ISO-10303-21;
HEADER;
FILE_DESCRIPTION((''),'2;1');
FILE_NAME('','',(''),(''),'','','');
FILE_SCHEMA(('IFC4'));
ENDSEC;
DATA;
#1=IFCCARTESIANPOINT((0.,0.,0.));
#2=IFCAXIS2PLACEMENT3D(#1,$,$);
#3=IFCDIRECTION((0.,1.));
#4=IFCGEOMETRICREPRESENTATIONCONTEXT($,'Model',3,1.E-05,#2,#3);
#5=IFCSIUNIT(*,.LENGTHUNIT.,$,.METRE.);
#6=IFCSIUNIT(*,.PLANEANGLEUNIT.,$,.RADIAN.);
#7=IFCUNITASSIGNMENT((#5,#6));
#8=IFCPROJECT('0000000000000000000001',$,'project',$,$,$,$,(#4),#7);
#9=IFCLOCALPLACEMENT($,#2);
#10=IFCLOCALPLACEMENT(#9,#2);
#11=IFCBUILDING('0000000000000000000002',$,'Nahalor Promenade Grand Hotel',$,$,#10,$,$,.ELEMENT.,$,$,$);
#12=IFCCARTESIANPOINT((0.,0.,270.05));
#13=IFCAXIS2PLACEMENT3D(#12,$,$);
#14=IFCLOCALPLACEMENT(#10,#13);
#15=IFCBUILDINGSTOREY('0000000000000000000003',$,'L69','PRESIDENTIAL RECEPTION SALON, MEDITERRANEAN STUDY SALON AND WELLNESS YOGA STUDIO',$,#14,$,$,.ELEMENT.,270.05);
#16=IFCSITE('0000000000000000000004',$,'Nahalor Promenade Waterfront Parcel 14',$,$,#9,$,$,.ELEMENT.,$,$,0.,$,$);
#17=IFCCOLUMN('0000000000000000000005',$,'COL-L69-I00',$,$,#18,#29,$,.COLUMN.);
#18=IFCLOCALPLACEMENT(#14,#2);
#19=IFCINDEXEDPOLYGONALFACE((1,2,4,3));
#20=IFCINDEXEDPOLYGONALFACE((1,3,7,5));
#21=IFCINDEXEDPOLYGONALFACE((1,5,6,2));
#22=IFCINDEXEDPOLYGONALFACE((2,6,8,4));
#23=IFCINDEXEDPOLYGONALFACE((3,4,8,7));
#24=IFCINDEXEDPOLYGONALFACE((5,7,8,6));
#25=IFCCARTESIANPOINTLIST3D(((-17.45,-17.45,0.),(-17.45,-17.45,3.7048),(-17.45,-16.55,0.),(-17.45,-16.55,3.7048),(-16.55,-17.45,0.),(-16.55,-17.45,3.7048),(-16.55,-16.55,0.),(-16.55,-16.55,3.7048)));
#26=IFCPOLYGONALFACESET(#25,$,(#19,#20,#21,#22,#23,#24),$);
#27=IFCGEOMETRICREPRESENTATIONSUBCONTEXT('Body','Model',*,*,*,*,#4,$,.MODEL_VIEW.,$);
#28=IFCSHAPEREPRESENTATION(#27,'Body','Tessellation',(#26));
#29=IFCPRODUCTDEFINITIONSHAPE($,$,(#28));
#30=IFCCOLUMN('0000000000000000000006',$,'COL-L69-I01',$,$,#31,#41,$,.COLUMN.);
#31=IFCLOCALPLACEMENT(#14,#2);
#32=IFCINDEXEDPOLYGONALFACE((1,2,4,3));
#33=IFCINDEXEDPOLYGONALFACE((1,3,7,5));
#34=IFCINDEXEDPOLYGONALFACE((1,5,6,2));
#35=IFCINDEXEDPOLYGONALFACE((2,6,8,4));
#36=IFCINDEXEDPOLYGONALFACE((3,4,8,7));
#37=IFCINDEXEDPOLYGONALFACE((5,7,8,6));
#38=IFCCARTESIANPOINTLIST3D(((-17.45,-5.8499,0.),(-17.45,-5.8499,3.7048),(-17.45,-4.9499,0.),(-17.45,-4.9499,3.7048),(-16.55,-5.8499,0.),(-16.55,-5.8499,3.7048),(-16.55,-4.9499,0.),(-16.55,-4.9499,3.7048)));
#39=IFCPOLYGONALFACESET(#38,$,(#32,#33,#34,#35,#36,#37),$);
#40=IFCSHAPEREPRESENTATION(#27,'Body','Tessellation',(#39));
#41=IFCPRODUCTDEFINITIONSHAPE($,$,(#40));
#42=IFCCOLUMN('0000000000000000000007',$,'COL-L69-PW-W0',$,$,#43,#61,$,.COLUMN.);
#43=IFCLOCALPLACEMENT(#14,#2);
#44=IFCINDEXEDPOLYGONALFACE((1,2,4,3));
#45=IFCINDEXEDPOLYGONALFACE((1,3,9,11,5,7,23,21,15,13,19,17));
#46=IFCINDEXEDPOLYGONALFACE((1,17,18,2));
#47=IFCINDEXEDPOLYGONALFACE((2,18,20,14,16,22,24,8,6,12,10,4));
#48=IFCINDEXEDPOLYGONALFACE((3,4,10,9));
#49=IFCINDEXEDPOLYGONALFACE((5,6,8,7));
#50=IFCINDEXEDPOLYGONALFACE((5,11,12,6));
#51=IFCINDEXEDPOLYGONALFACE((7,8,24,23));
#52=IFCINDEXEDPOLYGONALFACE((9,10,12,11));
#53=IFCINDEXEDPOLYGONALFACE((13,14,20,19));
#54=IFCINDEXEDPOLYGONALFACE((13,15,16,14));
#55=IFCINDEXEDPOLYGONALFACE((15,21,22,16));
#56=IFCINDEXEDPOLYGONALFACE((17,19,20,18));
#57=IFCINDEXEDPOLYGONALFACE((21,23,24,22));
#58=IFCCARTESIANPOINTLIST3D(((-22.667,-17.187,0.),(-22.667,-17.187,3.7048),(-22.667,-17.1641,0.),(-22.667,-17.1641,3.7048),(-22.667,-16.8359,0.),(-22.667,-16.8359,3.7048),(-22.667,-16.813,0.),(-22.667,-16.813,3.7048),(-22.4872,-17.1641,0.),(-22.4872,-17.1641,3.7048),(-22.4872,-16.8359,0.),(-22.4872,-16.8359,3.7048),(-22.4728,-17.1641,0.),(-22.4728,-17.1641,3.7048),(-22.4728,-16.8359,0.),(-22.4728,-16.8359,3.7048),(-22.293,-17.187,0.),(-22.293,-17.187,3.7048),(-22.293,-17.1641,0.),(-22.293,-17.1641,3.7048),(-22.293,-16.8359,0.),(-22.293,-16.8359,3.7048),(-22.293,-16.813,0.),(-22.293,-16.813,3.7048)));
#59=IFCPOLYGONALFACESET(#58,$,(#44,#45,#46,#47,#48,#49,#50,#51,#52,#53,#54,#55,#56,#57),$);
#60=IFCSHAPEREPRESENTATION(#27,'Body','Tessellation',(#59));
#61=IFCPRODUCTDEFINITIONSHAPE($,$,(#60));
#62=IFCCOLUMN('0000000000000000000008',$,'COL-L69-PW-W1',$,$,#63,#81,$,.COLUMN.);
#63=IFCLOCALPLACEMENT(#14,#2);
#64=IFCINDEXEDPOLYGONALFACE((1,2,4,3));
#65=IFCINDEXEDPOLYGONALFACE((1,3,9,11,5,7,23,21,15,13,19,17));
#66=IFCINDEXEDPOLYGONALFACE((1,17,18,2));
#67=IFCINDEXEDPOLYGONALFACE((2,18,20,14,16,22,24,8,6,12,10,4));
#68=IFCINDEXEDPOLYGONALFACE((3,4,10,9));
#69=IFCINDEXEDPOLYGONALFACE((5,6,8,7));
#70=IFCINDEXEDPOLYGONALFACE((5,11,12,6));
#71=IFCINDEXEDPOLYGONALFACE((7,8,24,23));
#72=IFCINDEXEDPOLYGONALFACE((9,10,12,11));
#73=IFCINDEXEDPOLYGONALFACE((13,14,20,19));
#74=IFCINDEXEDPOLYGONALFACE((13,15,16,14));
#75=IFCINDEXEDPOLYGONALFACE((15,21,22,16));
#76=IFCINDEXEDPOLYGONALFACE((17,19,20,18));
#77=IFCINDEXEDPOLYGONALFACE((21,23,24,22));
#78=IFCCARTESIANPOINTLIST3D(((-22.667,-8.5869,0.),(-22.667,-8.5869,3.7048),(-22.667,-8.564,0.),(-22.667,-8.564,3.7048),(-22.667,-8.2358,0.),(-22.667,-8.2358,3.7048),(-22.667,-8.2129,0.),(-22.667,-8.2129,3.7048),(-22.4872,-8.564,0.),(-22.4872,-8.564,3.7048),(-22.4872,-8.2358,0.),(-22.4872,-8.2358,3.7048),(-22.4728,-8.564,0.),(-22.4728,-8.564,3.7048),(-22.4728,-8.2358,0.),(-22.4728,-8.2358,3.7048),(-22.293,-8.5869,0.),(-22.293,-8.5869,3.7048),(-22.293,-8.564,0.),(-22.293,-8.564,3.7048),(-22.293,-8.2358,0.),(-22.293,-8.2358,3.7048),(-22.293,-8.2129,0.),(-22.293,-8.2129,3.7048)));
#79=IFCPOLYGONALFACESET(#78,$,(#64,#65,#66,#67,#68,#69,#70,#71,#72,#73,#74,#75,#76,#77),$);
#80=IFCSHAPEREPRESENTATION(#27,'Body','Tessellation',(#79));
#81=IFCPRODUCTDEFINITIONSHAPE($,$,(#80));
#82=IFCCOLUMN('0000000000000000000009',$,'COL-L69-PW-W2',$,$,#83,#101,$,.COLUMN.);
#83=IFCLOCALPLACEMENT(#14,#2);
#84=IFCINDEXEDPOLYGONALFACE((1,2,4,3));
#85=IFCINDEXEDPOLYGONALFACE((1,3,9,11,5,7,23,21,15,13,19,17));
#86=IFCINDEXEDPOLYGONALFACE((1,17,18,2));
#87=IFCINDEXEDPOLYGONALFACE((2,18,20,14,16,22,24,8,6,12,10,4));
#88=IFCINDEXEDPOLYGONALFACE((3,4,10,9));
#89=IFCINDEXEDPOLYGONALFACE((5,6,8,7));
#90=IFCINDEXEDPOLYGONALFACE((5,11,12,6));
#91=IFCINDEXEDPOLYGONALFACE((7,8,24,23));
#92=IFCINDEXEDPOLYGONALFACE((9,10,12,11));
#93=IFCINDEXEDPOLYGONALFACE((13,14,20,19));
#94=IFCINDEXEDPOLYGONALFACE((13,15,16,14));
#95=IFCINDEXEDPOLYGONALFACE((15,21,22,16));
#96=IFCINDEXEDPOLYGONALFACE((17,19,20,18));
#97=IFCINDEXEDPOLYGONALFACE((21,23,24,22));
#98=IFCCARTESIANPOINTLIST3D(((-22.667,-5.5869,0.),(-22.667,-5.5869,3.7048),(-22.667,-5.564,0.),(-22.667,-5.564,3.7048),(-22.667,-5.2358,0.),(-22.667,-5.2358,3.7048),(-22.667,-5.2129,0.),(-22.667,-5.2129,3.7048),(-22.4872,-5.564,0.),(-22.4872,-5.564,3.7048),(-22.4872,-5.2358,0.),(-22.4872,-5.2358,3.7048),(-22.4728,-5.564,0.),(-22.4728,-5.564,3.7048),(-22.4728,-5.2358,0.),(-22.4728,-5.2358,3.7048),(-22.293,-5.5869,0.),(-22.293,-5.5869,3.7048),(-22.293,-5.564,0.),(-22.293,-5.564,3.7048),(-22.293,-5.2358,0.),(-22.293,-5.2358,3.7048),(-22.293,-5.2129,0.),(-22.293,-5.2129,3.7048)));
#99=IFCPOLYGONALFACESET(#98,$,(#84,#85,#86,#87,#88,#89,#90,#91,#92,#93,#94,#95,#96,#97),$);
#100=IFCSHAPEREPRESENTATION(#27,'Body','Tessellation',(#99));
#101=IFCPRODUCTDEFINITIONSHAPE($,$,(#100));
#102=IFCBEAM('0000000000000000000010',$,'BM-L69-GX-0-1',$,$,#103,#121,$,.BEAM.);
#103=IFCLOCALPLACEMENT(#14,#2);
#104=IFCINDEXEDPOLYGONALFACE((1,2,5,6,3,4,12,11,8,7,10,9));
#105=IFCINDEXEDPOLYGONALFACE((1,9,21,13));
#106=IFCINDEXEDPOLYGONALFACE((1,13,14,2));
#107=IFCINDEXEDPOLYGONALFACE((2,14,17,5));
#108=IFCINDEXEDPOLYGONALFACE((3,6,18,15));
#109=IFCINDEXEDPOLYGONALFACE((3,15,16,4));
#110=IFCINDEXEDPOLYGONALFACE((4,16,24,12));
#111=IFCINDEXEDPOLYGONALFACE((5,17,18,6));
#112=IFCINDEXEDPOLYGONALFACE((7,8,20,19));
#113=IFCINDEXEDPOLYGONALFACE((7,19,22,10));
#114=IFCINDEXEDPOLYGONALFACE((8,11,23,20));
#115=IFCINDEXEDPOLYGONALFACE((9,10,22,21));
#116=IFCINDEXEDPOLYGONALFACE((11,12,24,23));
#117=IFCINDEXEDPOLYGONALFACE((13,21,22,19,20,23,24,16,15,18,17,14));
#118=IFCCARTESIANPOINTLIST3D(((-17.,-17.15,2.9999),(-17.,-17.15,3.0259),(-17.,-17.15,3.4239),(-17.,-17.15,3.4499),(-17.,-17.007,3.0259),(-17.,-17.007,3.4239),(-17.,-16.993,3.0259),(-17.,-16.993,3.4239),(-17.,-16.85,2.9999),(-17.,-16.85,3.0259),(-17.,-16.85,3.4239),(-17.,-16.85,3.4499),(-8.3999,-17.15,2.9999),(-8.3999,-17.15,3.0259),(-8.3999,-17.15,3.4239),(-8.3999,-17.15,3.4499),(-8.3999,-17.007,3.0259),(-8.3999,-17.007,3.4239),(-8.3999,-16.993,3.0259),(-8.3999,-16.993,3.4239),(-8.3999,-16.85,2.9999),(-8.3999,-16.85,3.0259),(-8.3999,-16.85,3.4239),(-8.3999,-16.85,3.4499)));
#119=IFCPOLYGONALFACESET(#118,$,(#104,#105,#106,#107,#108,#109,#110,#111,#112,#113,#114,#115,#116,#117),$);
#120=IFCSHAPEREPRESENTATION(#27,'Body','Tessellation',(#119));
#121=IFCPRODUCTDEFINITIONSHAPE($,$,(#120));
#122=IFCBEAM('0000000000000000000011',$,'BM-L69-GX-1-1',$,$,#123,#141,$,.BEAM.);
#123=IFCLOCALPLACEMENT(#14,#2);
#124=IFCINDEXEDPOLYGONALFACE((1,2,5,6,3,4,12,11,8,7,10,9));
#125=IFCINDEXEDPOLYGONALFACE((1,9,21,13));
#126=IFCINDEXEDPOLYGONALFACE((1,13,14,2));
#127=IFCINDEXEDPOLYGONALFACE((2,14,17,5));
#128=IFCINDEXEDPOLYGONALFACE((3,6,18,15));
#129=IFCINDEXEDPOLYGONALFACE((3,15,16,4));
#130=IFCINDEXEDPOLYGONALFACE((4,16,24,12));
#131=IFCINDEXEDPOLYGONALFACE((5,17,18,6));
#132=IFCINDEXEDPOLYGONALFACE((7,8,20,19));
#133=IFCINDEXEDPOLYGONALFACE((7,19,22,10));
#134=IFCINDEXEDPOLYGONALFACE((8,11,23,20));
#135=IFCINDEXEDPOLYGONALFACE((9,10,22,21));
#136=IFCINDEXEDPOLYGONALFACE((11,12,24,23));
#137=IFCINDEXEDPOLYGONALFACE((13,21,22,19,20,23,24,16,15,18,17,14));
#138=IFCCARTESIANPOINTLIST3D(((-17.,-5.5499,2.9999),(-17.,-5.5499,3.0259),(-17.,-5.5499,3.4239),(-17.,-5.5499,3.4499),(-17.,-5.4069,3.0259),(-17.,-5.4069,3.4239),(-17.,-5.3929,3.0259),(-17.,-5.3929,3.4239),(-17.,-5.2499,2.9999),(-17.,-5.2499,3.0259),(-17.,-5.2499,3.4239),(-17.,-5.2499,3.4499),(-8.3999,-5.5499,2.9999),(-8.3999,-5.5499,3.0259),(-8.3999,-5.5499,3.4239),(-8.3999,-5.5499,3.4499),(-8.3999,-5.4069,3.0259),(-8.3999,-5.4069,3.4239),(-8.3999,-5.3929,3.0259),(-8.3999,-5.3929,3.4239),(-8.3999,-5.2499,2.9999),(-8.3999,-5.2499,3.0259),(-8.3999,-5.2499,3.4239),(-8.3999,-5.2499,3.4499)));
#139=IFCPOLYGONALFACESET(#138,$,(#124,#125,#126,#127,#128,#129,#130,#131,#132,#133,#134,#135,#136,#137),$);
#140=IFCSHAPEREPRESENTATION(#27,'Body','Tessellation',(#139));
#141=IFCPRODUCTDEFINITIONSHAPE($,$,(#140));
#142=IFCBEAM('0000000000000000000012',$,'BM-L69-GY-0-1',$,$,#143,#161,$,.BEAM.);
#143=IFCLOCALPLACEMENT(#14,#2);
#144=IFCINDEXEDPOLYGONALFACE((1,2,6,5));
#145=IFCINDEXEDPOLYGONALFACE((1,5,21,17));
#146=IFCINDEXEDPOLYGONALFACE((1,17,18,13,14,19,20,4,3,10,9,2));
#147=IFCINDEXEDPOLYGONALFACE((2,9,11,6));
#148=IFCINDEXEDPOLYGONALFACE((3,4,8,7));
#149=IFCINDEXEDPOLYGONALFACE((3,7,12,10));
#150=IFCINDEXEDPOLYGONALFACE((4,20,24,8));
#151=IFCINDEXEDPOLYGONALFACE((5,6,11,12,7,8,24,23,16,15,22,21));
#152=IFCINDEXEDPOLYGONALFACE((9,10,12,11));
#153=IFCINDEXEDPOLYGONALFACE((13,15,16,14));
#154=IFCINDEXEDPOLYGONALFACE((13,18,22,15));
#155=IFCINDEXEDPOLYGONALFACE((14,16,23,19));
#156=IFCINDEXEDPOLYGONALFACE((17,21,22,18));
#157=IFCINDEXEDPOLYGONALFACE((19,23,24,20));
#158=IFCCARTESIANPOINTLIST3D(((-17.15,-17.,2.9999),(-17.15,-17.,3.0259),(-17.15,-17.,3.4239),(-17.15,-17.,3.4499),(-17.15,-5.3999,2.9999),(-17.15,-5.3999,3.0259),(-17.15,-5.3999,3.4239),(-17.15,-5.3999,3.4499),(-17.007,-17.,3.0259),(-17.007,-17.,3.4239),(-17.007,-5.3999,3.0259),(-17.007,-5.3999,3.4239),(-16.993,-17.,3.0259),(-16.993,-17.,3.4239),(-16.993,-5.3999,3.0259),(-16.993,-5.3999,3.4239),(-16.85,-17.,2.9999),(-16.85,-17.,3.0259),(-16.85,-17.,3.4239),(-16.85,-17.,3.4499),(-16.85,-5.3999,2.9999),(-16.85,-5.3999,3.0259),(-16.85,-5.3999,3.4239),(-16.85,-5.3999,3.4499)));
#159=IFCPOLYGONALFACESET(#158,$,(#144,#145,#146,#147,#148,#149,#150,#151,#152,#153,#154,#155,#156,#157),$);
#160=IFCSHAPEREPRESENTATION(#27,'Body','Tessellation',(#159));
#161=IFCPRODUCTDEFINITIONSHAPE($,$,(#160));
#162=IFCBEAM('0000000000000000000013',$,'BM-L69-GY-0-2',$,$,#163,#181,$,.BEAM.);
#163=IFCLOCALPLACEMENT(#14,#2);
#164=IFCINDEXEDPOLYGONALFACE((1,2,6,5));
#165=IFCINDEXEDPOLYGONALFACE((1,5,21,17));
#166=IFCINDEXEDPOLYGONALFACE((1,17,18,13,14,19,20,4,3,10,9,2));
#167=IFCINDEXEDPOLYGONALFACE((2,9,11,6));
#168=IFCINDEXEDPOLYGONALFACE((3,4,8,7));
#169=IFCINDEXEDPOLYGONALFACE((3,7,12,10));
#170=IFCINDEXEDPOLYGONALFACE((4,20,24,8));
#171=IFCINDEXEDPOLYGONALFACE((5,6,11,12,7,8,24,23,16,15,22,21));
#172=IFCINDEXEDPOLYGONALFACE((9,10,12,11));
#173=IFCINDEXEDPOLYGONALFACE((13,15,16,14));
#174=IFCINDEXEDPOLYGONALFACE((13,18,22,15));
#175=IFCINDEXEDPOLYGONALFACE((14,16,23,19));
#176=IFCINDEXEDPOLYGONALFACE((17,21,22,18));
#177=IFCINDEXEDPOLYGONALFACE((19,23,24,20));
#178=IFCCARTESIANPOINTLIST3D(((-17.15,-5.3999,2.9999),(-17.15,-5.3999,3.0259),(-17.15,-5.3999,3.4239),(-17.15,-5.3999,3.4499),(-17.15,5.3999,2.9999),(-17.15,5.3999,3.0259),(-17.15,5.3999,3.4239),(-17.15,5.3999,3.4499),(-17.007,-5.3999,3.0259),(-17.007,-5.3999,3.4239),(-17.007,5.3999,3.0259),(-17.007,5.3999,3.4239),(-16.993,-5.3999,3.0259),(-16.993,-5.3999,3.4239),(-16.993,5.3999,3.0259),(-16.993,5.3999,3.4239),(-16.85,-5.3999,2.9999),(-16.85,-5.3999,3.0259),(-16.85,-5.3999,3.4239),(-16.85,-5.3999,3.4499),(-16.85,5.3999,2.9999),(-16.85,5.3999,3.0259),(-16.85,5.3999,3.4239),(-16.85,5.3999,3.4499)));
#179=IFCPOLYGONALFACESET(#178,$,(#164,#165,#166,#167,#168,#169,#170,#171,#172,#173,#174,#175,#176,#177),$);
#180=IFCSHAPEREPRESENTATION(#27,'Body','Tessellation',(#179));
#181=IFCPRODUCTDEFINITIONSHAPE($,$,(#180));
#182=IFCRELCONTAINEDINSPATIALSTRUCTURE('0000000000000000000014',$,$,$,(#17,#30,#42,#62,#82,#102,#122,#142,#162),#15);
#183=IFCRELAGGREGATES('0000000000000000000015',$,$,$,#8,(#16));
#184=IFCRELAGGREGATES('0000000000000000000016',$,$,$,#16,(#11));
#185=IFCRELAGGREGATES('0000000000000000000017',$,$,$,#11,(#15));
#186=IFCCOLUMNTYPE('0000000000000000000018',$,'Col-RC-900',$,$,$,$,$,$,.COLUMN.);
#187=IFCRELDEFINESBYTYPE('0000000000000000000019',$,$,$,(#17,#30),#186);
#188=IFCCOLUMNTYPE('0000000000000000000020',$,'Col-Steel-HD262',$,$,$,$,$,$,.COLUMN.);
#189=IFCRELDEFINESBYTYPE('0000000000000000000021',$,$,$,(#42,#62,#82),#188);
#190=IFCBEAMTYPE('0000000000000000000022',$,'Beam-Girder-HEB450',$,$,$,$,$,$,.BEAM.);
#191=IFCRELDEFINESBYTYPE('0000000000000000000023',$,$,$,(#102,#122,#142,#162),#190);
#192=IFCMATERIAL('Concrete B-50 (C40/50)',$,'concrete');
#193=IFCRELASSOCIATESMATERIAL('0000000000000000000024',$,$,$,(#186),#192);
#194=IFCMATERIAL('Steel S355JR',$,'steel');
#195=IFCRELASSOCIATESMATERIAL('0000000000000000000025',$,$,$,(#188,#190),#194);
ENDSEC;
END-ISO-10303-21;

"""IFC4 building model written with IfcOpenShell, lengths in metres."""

from ifc_helpers import new_model, si_unit, direction, frame, origin, origin_2d, place, context, subcontext, project, spatial, rectangle, i_section, extrude, source, transform, mapped, material, material_profile, profile_set, type_object, element, save


model = new_model("IFC4")

# Units and contexts
model_context = context("Model", 3, precision=1e-05, world=origin(), true_north=direction((0.0, 1.0)))
body_context = subcontext(model_context, "Body", "Model", "MODEL_VIEW")
ifc_project = project(units=[si_unit("LENGTHUNIT", "METRE"), si_unit("PLANEANGLEUNIT", "RADIAN")], contexts=[model_context])

# Site, building, storey
site_placement = place(None, origin())
site = spatial("IfcSite", under=ifc_project, at=site_placement, Name="Nahalor Promenade Waterfront Parcel 14", CompositionType="ELEMENT", RefElevation=0.0)
building_placement = place(site_placement, origin())
building = spatial("IfcBuilding", under=site, at=building_placement, Name="Nahalor Promenade Grand Hotel", CompositionType="ELEMENT")
storey_placement = place(building_placement, frame((0.0, 0.0, 270.05)))
storey = spatial("IfcBuildingStorey", under=building, at=storey_placement, Name="L69", Description="PRESIDENTIAL RECEPTION SALON, MEDITERRANEAN STUDY SALON AND WELLNESS YOGA STUDIO", CompositionType="ELEMENT", Elevation=270.05)

# Columns
ifc_material_1 = material(Name="Concrete B-50 (C40/50)", Category="concrete")
ifc_material_profile_1 = material_profile(ifc_material_1, rectangle(XDim=0.9, YDim=0.9, at=origin_2d()), Name="RC 900x900")
ifc_profile_set_1 = profile_set([ifc_material_profile_1], Name="Concrete B-50 (C40/50)")
column_type_1 = type_object("IfcColumnType", Name="Col-RC-900", PredefinedType="COLUMN", material=ifc_profile_set_1)
shared_shape_1 = source(origin(), body_context, "Body", "SweptSolid", [
    extrude(rectangle(XDim=0.9, YDim=0.9, at=origin_2d()), origin(), (0.0, 0.0, 1.0), 3.7048),
])
for number, where, z_axis, x_axis, name in (
    (1, (-17.0, -17.0, 0.0), (0.0, 0.0, 1.0), (1.0, 0.0, 0.0), "COL-L69-I00"),
    (2, (-17.0, -5.3999, 0.0), (0.0, 0.0, 1.0), (1.0, 0.0, 0.0), "COL-L69-I01"),
):
    element("IfcColumn", number, at=place(storey_placement, frame(where, z_axis=z_axis, x_axis=x_axis)), inside=storey, type_object=column_type_1, Name=name, PredefinedType="COLUMN", context=body_context, shape_type="MappedRepresentation", body=[
        mapped(shared_shape_1, transform((0.0, 0.0, 0.0), scale=1.0)),
    ])
ifc_material_2 = material(Name="Steel S355JR", Category="steel")
ifc_material_profile_2 = material_profile(ifc_material_2, i_section(OverallWidth=0.374, OverallDepth=0.374, WebThickness=0.0144, FlangeThickness=0.0229, at=origin_2d()), Name="HD 360x262")
ifc_profile_set_2 = profile_set([ifc_material_profile_2], Name="Steel S355JR")
column_type_2 = type_object("IfcColumnType", Name="Col-Steel-HD262", PredefinedType="COLUMN", material=ifc_profile_set_2)
shared_shape_2 = source(origin(), body_context, "Body", "SweptSolid", [
    extrude(i_section(OverallWidth=0.374, OverallDepth=0.374, WebThickness=0.0144, FlangeThickness=0.0229, at=origin_2d()), origin(), (0.0, 0.0, 1.0), 3.7048),
])
for number, where, z_axis, x_axis, name in (
    (3, (-22.48, -17.0, 0.0), (0.0, 0.0, 1.0), (1.0, 0.0, 0.0), "COL-L69-PW-W0"),
    (4, (-22.48, -8.3999, 0.0), (0.0, 0.0, 1.0), (1.0, 0.0, 0.0), "COL-L69-PW-W1"),
    (5, (-22.48, -5.3999, 0.0), (0.0, 0.0, 1.0), (1.0, 0.0, 0.0), "COL-L69-PW-W2"),
):
    element("IfcColumn", number, at=place(storey_placement, frame(where, z_axis=z_axis, x_axis=x_axis)), inside=storey, type_object=column_type_2, Name=name, PredefinedType="COLUMN", context=body_context, shape_type="MappedRepresentation", body=[
        mapped(shared_shape_2, transform((0.0, 0.0, 0.0), scale=1.0)),
    ])

# Beams
ifc_material_profile_3 = material_profile(ifc_material_2, i_section(OverallWidth=0.3, OverallDepth=0.45, WebThickness=0.014, FlangeThickness=0.026, at=origin_2d()), Name="HEB 450")
ifc_profile_set_3 = profile_set([ifc_material_profile_3], Name="Steel S355JR")
beam_type_1 = type_object("IfcBeamType", Name="Beam-Girder-HEB450", PredefinedType="BEAM", material=ifc_profile_set_3)
shared_shape_3 = source(origin(), body_context, "Body", "SweptSolid", [
    extrude(i_section(OverallWidth=0.3, OverallDepth=0.45, WebThickness=0.014, FlangeThickness=0.026, at=origin_2d()), origin(), (0.0, 0.0, 1.0), 8.6001),
])
for number, where, z_axis, x_axis, name in (
    (6, (-17.0, -17.0, 3.2249), (1.0, 0.0, 0.0), (0.0, 1.0, 0.0), "BM-L69-GX-0-1"),
    (7, (-17.0, -5.3999, 3.2249), (1.0, 0.0, 0.0), (0.0, 1.0, 0.0), "BM-L69-GX-1-1"),
):
    element("IfcBeam", number, at=place(storey_placement, frame(where, z_axis=z_axis, x_axis=x_axis)), inside=storey, type_object=beam_type_1, Name=name, PredefinedType="BEAM", context=body_context, shape_type="MappedRepresentation", body=[
        mapped(shared_shape_3, transform((0.0, 0.0, 0.0), scale=1.0)),
    ])
shared_shape_4 = source(origin(), body_context, "Body", "SweptSolid", [
    extrude(i_section(OverallWidth=0.3, OverallDepth=0.45, WebThickness=0.014, FlangeThickness=0.026, at=origin_2d()), origin(), (0.0, 0.0, 1.0), 11.6001),
])
beam_1_placement = place(storey_placement, frame((-17.0, -17.0, 3.2249), z_axis=(0.0, 1.0, 0.0), x_axis=(-1.0, 0.0, 0.0)))
element("IfcBeam", 8, at=beam_1_placement, inside=storey, type_object=beam_type_1, Name="BM-L69-GY-0-1", PredefinedType="BEAM", context=body_context, shape_type="MappedRepresentation", body=[
    mapped(shared_shape_4, transform((0.0, 0.0, 0.0), scale=1.0)),
])
shared_shape_5 = source(origin(), body_context, "Body", "SweptSolid", [
    extrude(i_section(OverallWidth=0.3, OverallDepth=0.45, WebThickness=0.014, FlangeThickness=0.026, at=origin_2d()), origin(), (0.0, 0.0, 1.0), 10.7998),
])
beam_2_placement = place(storey_placement, frame((-17.0, -5.3999, 3.2249), z_axis=(0.0, 1.0, 0.0), x_axis=(-1.0, 0.0, 0.0)))
element("IfcBeam", 9, at=beam_2_placement, inside=storey, type_object=beam_type_1, Name="BM-L69-GY-0-2", PredefinedType="BEAM", context=body_context, shape_type="MappedRepresentation", body=[
    mapped(shared_shape_5, transform((0.0, 0.0, 0.0), scale=1.0)),
])

save(model, "model.ifc")
